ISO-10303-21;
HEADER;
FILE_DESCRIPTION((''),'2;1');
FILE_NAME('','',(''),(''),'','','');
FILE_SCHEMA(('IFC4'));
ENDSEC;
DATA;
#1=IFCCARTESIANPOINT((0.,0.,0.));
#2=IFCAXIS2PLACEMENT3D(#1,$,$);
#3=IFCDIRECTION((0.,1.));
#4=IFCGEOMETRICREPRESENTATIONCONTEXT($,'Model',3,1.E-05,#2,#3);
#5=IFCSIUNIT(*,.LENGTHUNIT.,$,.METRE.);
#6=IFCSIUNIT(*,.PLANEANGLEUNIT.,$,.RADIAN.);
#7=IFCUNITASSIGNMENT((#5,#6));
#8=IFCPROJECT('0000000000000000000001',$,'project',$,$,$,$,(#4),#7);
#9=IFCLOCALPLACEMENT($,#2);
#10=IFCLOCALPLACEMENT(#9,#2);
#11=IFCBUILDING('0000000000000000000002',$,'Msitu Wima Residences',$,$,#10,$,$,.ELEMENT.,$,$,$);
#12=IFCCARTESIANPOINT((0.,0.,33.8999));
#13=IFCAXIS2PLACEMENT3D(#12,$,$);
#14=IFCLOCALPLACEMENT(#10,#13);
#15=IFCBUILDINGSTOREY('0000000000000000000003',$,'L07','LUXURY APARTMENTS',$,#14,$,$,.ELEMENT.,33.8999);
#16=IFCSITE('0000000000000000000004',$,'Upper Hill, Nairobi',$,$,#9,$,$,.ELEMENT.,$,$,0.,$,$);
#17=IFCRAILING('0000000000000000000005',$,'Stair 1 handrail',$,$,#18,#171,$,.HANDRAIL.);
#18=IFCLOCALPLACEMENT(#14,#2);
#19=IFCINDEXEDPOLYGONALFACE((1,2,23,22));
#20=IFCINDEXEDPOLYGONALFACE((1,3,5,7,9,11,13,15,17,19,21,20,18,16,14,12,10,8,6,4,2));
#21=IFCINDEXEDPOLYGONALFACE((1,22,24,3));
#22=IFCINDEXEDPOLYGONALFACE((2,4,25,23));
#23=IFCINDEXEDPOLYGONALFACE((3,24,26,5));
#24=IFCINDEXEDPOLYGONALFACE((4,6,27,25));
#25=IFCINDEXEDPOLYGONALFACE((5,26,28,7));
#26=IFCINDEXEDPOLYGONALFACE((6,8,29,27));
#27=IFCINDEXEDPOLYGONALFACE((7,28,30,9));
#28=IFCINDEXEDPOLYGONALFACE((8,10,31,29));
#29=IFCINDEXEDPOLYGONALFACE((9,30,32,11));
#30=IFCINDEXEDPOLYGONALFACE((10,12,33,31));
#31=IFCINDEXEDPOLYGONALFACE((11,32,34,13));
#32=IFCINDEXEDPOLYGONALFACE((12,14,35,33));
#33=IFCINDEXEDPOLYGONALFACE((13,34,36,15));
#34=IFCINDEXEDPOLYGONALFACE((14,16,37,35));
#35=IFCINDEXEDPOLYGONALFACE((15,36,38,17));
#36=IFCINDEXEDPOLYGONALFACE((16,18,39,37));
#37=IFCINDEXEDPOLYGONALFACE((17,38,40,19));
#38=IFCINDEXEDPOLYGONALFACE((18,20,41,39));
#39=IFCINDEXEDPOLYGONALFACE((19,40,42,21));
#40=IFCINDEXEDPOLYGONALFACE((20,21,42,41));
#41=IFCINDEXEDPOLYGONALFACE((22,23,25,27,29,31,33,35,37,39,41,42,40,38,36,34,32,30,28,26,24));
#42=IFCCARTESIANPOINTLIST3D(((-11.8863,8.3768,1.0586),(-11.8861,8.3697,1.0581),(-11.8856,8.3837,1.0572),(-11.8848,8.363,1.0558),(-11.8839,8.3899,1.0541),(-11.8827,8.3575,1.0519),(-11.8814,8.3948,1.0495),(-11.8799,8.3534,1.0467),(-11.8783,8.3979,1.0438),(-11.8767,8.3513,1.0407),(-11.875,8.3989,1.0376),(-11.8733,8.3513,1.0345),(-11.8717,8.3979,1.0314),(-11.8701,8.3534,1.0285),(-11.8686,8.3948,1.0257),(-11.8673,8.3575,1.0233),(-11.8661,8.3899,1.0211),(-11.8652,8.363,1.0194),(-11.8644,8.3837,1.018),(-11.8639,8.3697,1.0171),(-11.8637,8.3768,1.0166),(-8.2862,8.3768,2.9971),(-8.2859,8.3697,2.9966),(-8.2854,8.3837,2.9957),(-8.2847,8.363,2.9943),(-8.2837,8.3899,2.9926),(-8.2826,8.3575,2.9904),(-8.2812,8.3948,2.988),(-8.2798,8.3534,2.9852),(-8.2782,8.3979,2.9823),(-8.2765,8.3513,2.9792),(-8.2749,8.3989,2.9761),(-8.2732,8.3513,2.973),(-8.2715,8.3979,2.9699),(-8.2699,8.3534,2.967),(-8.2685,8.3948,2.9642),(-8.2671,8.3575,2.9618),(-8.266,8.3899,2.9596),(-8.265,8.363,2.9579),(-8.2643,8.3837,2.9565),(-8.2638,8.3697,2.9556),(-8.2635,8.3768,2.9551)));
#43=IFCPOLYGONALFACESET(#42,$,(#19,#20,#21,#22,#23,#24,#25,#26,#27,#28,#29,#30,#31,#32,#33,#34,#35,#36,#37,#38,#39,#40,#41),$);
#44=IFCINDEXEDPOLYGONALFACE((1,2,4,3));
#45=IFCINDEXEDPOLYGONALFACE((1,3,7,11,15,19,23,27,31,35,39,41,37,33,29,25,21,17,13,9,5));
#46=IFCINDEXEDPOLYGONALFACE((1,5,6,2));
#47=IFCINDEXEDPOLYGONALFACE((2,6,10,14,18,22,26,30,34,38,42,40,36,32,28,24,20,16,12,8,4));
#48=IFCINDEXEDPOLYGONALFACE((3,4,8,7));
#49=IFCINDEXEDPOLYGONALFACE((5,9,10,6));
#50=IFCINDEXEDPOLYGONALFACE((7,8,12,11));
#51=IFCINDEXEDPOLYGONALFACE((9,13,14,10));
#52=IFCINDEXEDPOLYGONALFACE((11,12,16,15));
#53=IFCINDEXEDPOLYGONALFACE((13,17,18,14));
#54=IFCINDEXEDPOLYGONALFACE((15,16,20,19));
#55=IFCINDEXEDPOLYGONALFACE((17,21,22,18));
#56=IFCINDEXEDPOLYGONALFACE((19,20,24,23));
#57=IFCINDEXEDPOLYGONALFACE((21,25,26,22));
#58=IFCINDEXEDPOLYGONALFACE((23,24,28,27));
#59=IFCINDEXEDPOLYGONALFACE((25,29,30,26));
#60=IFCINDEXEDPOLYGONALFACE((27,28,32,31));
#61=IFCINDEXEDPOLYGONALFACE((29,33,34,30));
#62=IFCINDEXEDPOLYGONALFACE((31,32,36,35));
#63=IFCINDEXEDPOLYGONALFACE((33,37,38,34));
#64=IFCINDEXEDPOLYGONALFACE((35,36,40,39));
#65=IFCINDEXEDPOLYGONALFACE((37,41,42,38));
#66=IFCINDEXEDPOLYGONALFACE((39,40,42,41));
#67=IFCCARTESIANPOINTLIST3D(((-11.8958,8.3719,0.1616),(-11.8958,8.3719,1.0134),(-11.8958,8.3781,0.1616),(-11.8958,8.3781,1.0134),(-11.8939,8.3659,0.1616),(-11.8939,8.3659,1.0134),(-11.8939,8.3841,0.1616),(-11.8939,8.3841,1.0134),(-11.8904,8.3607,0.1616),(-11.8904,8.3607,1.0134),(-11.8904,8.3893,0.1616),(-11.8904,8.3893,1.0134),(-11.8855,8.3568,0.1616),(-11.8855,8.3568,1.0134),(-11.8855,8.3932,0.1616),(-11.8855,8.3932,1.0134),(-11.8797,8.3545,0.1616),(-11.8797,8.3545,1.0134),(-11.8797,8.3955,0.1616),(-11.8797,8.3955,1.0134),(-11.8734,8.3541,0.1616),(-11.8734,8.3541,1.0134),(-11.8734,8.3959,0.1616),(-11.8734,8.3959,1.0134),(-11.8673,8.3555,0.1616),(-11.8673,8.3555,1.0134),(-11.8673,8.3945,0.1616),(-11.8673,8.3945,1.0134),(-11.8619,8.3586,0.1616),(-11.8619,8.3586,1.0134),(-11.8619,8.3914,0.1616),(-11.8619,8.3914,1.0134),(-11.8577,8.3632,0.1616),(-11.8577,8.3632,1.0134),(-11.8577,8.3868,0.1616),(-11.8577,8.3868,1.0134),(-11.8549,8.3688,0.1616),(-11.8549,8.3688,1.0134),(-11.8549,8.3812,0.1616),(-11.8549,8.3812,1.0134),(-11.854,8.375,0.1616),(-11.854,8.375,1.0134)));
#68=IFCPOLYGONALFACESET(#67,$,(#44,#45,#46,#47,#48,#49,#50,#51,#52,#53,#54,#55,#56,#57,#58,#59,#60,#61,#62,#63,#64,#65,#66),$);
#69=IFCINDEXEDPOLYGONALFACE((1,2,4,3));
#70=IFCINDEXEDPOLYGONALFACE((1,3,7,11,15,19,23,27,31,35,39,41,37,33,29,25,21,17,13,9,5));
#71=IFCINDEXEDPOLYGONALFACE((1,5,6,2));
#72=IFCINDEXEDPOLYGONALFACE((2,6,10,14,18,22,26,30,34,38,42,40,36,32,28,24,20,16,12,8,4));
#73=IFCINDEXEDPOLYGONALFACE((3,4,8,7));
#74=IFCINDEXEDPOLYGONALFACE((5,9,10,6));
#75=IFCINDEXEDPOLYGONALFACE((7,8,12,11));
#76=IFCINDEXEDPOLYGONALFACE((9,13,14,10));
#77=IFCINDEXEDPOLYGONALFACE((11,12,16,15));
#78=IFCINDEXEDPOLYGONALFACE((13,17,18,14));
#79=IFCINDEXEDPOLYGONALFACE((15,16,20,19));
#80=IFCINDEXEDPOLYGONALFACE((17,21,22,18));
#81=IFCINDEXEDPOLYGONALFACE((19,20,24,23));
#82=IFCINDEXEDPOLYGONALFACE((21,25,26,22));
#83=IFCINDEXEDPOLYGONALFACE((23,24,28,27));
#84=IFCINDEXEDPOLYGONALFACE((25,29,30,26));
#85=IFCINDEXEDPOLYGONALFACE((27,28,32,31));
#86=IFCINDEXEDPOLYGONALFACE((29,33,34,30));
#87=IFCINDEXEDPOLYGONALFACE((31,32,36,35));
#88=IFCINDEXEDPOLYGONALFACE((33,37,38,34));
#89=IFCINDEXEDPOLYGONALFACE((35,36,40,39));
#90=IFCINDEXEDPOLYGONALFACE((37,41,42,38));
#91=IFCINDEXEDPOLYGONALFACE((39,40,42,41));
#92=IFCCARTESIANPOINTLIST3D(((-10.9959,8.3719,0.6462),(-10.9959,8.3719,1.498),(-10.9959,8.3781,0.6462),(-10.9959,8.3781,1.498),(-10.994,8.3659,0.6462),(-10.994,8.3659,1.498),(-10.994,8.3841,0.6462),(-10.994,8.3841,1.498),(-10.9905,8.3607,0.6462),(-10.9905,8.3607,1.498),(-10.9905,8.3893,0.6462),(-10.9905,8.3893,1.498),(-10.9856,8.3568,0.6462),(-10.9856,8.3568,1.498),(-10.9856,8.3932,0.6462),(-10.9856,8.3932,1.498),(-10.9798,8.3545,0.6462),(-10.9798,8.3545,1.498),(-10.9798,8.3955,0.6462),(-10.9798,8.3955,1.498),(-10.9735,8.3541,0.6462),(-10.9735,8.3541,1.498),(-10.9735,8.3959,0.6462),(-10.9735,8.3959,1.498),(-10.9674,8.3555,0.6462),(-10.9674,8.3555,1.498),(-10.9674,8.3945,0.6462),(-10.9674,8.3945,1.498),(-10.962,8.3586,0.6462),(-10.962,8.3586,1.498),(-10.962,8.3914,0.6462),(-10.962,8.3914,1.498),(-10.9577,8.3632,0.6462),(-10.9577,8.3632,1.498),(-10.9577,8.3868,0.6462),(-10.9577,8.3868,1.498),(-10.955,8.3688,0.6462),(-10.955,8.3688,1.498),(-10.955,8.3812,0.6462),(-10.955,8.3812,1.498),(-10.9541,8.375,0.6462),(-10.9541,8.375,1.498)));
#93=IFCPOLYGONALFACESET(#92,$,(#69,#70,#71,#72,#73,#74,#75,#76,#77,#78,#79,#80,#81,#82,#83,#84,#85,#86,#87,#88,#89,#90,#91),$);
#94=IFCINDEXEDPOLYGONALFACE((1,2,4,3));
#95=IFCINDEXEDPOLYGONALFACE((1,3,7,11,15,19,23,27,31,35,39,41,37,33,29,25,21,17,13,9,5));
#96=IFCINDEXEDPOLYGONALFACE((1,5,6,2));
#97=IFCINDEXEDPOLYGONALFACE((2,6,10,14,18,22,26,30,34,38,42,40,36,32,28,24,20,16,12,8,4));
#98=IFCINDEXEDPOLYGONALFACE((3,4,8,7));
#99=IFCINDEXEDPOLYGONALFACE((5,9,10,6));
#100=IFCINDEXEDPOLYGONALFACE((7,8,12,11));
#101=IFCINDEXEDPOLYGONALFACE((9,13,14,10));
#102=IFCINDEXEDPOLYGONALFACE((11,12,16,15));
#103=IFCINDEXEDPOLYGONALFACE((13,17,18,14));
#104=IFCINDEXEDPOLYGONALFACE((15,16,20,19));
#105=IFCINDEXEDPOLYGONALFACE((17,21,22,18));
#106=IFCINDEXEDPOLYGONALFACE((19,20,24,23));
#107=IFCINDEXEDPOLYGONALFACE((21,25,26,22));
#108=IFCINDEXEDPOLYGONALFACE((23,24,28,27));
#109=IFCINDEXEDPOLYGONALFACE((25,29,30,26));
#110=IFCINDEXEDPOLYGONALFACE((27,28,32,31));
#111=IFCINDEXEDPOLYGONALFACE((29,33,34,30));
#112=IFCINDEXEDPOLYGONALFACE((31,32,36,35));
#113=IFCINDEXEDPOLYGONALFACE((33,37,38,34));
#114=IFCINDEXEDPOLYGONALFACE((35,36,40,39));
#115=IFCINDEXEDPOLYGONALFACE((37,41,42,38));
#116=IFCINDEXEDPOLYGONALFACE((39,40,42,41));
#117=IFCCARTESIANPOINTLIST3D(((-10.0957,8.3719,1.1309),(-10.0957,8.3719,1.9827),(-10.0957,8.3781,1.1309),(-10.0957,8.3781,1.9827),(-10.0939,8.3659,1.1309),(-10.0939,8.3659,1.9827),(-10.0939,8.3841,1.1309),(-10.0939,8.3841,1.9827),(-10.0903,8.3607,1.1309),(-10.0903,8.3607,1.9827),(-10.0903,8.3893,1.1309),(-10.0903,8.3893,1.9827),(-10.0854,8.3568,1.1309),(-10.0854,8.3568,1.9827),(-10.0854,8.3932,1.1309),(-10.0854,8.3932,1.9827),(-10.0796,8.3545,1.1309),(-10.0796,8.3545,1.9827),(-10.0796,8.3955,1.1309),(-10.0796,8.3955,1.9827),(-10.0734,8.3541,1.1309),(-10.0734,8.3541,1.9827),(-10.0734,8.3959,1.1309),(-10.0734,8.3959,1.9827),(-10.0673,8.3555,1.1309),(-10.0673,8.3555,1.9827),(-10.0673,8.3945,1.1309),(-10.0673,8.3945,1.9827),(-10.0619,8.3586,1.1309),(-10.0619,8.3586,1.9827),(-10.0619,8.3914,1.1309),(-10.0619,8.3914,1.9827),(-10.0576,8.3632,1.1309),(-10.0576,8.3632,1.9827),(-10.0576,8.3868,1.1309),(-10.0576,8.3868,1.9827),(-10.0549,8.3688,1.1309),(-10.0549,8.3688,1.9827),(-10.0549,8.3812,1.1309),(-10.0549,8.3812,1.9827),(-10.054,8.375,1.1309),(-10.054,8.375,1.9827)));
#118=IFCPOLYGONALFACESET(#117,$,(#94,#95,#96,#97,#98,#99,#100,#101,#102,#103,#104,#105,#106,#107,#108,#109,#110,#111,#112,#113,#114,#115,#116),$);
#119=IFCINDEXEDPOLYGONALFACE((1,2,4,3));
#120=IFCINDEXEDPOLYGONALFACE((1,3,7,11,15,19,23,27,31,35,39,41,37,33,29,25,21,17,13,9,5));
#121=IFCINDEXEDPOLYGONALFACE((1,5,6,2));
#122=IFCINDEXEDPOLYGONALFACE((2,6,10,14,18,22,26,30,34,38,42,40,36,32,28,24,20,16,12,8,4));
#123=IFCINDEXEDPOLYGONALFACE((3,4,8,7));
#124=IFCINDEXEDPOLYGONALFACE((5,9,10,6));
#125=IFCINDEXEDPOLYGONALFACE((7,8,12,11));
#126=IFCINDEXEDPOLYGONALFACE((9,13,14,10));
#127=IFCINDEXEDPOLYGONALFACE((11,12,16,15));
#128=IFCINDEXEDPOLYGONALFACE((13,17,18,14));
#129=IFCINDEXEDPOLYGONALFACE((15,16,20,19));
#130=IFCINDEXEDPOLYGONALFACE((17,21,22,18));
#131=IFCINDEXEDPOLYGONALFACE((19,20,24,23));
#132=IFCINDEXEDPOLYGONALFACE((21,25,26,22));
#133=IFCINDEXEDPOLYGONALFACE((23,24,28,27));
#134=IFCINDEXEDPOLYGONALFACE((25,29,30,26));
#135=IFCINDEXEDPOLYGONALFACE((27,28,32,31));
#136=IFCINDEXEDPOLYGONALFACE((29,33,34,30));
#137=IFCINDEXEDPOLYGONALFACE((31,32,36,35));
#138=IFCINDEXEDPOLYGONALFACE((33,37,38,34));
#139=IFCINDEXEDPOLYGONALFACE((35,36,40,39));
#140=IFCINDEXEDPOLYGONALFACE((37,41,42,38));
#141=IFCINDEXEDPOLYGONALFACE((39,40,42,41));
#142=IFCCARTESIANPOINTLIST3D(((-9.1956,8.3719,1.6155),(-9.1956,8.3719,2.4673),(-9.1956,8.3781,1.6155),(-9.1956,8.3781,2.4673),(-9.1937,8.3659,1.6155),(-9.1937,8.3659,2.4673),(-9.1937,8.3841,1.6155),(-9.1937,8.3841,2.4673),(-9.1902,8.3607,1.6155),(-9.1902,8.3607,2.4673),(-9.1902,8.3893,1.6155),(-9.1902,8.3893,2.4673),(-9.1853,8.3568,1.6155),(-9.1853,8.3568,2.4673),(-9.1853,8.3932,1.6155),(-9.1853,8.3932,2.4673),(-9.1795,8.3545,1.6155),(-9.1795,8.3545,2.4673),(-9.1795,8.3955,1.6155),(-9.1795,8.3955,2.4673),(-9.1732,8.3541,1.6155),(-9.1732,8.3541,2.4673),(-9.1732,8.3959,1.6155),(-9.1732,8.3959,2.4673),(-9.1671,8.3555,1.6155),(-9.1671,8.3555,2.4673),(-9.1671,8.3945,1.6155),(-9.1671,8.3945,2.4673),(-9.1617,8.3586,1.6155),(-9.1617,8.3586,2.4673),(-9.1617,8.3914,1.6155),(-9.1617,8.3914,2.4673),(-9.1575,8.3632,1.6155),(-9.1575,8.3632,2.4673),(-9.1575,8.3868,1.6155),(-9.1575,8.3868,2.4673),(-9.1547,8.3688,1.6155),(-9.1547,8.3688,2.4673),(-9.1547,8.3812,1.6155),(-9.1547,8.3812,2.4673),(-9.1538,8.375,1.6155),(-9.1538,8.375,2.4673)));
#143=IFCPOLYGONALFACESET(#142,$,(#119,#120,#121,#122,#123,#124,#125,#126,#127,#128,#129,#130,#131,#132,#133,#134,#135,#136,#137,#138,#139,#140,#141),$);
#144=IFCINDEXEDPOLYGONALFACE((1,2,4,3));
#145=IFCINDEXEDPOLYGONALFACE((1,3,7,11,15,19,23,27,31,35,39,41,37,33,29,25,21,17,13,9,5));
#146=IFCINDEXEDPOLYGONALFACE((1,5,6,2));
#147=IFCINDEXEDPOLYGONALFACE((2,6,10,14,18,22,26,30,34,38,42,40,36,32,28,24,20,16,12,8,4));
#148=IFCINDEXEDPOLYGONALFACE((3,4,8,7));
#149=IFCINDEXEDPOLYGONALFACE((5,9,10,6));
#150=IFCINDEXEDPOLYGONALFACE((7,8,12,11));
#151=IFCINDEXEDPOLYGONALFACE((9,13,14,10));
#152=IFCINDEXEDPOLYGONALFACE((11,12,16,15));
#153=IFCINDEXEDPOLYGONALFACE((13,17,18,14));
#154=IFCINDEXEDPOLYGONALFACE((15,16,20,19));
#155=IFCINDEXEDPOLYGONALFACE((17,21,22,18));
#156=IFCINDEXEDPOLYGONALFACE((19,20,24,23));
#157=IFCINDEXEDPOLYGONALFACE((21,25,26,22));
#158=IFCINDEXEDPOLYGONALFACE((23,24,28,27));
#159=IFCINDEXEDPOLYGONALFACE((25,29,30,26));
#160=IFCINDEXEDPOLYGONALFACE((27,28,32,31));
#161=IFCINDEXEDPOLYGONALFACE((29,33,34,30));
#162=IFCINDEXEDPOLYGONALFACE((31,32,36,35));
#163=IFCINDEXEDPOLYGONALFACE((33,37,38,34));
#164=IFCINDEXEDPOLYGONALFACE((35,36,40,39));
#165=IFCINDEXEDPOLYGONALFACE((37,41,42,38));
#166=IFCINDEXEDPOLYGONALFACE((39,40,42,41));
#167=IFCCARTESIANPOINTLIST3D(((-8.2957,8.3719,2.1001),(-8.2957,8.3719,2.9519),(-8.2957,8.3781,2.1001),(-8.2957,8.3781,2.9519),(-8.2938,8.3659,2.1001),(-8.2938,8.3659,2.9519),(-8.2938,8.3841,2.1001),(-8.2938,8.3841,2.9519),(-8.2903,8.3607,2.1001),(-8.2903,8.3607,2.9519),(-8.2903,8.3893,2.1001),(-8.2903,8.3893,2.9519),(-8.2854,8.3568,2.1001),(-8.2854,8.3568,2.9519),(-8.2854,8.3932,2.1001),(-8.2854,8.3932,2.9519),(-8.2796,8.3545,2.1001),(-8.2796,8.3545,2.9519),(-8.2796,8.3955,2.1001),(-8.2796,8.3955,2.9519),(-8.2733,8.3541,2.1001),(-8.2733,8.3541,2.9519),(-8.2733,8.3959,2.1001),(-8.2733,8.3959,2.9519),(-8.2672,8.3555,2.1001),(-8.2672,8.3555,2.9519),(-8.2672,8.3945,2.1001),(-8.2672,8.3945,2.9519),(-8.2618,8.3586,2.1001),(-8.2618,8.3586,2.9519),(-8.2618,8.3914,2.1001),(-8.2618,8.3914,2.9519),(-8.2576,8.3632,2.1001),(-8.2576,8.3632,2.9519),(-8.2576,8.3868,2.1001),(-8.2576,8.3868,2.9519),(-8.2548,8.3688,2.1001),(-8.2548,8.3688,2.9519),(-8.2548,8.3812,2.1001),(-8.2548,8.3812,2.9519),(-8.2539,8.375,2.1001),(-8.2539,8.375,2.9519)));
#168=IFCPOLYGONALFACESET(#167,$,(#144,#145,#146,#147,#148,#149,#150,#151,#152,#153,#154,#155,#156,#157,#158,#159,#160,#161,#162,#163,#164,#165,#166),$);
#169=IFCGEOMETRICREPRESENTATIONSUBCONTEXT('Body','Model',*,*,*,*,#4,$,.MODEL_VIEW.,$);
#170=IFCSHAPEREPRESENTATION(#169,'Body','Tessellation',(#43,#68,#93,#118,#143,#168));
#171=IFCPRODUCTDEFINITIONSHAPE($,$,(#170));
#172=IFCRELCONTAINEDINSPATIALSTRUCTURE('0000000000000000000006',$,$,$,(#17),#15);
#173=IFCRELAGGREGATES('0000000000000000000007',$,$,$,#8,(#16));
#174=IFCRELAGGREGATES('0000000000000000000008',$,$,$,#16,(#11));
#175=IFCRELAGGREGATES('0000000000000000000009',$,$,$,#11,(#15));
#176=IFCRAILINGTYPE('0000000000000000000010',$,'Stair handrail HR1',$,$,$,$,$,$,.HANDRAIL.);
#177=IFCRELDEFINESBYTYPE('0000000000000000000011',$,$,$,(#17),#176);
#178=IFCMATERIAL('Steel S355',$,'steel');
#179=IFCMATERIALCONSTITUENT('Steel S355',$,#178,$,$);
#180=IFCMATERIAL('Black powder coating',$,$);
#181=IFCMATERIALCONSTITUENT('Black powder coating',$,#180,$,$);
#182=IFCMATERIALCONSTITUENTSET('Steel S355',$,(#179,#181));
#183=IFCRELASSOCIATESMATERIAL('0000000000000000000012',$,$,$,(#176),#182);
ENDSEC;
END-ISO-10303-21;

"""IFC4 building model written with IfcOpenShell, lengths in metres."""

from ifc_helpers import new_model, si_unit, direction, frame, origin, origin_2d, place, context, subcontext, project, spatial, circle, extrude, material, constituent, constituent_set, type_object, element, save


model = new_model("IFC4")

# Units and contexts
model_context = context("Model", 3, precision=1e-05, world=origin(), true_north=direction((0.0, 1.0)))
body_context = subcontext(model_context, "Body", "Model", "MODEL_VIEW")
ifc_project = project(units=[si_unit("LENGTHUNIT", "METRE"), si_unit("PLANEANGLEUNIT", "RADIAN")], contexts=[model_context])

# Site, building, storey
site_placement = place(None, origin())
site = spatial("IfcSite", under=ifc_project, at=site_placement, Name="Upper Hill, Nairobi", CompositionType="ELEMENT", RefElevation=0.0)
building_placement = place(site_placement, origin())
building = spatial("IfcBuilding", under=site, at=building_placement, Name="Msitu Wima Residences", CompositionType="ELEMENT")
storey_placement = place(building_placement, frame((0.0, 0.0, 33.8999)))
storey = spatial("IfcBuildingStorey", under=building, at=storey_placement, Name="L07", Description="LUXURY APARTMENTS", CompositionType="ELEMENT", Elevation=33.8999)

# Railing
ifc_material_1 = material(Name="Steel S355", Category="steel")
ifc_constituent_1 = constituent(ifc_material_1, Name="Steel S355")
ifc_material_2 = material(Name="Black powder coating")
ifc_constituent_2 = constituent(ifc_material_2, Name="Black powder coating")
ifc_constituent_set = constituent_set(constituents=[ifc_constituent_1, ifc_constituent_2], Name="Steel S355")
railing_type = type_object("IfcRailingType", Name="Stair handrail HR1", PredefinedType="HANDRAIL", material=ifc_constituent_set)
for number, where, name in (
    (1, (-11.875, 8.375, 0.1616), "Stair 1 handrail"),
):
    element("IfcRailing", number, at=place(storey_placement, frame(where)), inside=storey, type_object=railing_type, Name=name, PredefinedType="HANDRAIL", context=body_context, shape_type="SweptSolid", body=[
        extrude(circle(Radius=0.0239, at=origin_2d()), frame((0.0, 0.0, 0.876), z_axis=(0.880475, 0.0, 0.474093), x_axis=(0.0, 1.0, 0.0)), (0.0, 0.0, 1.0), 4.0889),
        extrude(circle(Radius=0.021, at=origin_2d()), origin(), (0.0, 0.0, 1.0), 0.8518),
        extrude(circle(Radius=0.021, at=origin_2d()), frame((0.8999, 0.0, 0.4846)), (0.0, 0.0, 1.0), 0.8518),
        extrude(circle(Radius=0.021, at=origin_2d()), frame((1.8, 0.0, 0.9692)), (0.0, 0.0, 1.0), 0.8518),
        extrude(circle(Radius=0.021, at=origin_2d()), frame((2.7002, 0.0, 1.4539)), (0.0, 0.0, 1.0), 0.8518),
        extrude(circle(Radius=0.021, at=origin_2d()), frame((3.6001, 0.0, 1.9385)), (0.0, 0.0, 1.0), 0.8518),
    ])

save(model, "model.ifc")
